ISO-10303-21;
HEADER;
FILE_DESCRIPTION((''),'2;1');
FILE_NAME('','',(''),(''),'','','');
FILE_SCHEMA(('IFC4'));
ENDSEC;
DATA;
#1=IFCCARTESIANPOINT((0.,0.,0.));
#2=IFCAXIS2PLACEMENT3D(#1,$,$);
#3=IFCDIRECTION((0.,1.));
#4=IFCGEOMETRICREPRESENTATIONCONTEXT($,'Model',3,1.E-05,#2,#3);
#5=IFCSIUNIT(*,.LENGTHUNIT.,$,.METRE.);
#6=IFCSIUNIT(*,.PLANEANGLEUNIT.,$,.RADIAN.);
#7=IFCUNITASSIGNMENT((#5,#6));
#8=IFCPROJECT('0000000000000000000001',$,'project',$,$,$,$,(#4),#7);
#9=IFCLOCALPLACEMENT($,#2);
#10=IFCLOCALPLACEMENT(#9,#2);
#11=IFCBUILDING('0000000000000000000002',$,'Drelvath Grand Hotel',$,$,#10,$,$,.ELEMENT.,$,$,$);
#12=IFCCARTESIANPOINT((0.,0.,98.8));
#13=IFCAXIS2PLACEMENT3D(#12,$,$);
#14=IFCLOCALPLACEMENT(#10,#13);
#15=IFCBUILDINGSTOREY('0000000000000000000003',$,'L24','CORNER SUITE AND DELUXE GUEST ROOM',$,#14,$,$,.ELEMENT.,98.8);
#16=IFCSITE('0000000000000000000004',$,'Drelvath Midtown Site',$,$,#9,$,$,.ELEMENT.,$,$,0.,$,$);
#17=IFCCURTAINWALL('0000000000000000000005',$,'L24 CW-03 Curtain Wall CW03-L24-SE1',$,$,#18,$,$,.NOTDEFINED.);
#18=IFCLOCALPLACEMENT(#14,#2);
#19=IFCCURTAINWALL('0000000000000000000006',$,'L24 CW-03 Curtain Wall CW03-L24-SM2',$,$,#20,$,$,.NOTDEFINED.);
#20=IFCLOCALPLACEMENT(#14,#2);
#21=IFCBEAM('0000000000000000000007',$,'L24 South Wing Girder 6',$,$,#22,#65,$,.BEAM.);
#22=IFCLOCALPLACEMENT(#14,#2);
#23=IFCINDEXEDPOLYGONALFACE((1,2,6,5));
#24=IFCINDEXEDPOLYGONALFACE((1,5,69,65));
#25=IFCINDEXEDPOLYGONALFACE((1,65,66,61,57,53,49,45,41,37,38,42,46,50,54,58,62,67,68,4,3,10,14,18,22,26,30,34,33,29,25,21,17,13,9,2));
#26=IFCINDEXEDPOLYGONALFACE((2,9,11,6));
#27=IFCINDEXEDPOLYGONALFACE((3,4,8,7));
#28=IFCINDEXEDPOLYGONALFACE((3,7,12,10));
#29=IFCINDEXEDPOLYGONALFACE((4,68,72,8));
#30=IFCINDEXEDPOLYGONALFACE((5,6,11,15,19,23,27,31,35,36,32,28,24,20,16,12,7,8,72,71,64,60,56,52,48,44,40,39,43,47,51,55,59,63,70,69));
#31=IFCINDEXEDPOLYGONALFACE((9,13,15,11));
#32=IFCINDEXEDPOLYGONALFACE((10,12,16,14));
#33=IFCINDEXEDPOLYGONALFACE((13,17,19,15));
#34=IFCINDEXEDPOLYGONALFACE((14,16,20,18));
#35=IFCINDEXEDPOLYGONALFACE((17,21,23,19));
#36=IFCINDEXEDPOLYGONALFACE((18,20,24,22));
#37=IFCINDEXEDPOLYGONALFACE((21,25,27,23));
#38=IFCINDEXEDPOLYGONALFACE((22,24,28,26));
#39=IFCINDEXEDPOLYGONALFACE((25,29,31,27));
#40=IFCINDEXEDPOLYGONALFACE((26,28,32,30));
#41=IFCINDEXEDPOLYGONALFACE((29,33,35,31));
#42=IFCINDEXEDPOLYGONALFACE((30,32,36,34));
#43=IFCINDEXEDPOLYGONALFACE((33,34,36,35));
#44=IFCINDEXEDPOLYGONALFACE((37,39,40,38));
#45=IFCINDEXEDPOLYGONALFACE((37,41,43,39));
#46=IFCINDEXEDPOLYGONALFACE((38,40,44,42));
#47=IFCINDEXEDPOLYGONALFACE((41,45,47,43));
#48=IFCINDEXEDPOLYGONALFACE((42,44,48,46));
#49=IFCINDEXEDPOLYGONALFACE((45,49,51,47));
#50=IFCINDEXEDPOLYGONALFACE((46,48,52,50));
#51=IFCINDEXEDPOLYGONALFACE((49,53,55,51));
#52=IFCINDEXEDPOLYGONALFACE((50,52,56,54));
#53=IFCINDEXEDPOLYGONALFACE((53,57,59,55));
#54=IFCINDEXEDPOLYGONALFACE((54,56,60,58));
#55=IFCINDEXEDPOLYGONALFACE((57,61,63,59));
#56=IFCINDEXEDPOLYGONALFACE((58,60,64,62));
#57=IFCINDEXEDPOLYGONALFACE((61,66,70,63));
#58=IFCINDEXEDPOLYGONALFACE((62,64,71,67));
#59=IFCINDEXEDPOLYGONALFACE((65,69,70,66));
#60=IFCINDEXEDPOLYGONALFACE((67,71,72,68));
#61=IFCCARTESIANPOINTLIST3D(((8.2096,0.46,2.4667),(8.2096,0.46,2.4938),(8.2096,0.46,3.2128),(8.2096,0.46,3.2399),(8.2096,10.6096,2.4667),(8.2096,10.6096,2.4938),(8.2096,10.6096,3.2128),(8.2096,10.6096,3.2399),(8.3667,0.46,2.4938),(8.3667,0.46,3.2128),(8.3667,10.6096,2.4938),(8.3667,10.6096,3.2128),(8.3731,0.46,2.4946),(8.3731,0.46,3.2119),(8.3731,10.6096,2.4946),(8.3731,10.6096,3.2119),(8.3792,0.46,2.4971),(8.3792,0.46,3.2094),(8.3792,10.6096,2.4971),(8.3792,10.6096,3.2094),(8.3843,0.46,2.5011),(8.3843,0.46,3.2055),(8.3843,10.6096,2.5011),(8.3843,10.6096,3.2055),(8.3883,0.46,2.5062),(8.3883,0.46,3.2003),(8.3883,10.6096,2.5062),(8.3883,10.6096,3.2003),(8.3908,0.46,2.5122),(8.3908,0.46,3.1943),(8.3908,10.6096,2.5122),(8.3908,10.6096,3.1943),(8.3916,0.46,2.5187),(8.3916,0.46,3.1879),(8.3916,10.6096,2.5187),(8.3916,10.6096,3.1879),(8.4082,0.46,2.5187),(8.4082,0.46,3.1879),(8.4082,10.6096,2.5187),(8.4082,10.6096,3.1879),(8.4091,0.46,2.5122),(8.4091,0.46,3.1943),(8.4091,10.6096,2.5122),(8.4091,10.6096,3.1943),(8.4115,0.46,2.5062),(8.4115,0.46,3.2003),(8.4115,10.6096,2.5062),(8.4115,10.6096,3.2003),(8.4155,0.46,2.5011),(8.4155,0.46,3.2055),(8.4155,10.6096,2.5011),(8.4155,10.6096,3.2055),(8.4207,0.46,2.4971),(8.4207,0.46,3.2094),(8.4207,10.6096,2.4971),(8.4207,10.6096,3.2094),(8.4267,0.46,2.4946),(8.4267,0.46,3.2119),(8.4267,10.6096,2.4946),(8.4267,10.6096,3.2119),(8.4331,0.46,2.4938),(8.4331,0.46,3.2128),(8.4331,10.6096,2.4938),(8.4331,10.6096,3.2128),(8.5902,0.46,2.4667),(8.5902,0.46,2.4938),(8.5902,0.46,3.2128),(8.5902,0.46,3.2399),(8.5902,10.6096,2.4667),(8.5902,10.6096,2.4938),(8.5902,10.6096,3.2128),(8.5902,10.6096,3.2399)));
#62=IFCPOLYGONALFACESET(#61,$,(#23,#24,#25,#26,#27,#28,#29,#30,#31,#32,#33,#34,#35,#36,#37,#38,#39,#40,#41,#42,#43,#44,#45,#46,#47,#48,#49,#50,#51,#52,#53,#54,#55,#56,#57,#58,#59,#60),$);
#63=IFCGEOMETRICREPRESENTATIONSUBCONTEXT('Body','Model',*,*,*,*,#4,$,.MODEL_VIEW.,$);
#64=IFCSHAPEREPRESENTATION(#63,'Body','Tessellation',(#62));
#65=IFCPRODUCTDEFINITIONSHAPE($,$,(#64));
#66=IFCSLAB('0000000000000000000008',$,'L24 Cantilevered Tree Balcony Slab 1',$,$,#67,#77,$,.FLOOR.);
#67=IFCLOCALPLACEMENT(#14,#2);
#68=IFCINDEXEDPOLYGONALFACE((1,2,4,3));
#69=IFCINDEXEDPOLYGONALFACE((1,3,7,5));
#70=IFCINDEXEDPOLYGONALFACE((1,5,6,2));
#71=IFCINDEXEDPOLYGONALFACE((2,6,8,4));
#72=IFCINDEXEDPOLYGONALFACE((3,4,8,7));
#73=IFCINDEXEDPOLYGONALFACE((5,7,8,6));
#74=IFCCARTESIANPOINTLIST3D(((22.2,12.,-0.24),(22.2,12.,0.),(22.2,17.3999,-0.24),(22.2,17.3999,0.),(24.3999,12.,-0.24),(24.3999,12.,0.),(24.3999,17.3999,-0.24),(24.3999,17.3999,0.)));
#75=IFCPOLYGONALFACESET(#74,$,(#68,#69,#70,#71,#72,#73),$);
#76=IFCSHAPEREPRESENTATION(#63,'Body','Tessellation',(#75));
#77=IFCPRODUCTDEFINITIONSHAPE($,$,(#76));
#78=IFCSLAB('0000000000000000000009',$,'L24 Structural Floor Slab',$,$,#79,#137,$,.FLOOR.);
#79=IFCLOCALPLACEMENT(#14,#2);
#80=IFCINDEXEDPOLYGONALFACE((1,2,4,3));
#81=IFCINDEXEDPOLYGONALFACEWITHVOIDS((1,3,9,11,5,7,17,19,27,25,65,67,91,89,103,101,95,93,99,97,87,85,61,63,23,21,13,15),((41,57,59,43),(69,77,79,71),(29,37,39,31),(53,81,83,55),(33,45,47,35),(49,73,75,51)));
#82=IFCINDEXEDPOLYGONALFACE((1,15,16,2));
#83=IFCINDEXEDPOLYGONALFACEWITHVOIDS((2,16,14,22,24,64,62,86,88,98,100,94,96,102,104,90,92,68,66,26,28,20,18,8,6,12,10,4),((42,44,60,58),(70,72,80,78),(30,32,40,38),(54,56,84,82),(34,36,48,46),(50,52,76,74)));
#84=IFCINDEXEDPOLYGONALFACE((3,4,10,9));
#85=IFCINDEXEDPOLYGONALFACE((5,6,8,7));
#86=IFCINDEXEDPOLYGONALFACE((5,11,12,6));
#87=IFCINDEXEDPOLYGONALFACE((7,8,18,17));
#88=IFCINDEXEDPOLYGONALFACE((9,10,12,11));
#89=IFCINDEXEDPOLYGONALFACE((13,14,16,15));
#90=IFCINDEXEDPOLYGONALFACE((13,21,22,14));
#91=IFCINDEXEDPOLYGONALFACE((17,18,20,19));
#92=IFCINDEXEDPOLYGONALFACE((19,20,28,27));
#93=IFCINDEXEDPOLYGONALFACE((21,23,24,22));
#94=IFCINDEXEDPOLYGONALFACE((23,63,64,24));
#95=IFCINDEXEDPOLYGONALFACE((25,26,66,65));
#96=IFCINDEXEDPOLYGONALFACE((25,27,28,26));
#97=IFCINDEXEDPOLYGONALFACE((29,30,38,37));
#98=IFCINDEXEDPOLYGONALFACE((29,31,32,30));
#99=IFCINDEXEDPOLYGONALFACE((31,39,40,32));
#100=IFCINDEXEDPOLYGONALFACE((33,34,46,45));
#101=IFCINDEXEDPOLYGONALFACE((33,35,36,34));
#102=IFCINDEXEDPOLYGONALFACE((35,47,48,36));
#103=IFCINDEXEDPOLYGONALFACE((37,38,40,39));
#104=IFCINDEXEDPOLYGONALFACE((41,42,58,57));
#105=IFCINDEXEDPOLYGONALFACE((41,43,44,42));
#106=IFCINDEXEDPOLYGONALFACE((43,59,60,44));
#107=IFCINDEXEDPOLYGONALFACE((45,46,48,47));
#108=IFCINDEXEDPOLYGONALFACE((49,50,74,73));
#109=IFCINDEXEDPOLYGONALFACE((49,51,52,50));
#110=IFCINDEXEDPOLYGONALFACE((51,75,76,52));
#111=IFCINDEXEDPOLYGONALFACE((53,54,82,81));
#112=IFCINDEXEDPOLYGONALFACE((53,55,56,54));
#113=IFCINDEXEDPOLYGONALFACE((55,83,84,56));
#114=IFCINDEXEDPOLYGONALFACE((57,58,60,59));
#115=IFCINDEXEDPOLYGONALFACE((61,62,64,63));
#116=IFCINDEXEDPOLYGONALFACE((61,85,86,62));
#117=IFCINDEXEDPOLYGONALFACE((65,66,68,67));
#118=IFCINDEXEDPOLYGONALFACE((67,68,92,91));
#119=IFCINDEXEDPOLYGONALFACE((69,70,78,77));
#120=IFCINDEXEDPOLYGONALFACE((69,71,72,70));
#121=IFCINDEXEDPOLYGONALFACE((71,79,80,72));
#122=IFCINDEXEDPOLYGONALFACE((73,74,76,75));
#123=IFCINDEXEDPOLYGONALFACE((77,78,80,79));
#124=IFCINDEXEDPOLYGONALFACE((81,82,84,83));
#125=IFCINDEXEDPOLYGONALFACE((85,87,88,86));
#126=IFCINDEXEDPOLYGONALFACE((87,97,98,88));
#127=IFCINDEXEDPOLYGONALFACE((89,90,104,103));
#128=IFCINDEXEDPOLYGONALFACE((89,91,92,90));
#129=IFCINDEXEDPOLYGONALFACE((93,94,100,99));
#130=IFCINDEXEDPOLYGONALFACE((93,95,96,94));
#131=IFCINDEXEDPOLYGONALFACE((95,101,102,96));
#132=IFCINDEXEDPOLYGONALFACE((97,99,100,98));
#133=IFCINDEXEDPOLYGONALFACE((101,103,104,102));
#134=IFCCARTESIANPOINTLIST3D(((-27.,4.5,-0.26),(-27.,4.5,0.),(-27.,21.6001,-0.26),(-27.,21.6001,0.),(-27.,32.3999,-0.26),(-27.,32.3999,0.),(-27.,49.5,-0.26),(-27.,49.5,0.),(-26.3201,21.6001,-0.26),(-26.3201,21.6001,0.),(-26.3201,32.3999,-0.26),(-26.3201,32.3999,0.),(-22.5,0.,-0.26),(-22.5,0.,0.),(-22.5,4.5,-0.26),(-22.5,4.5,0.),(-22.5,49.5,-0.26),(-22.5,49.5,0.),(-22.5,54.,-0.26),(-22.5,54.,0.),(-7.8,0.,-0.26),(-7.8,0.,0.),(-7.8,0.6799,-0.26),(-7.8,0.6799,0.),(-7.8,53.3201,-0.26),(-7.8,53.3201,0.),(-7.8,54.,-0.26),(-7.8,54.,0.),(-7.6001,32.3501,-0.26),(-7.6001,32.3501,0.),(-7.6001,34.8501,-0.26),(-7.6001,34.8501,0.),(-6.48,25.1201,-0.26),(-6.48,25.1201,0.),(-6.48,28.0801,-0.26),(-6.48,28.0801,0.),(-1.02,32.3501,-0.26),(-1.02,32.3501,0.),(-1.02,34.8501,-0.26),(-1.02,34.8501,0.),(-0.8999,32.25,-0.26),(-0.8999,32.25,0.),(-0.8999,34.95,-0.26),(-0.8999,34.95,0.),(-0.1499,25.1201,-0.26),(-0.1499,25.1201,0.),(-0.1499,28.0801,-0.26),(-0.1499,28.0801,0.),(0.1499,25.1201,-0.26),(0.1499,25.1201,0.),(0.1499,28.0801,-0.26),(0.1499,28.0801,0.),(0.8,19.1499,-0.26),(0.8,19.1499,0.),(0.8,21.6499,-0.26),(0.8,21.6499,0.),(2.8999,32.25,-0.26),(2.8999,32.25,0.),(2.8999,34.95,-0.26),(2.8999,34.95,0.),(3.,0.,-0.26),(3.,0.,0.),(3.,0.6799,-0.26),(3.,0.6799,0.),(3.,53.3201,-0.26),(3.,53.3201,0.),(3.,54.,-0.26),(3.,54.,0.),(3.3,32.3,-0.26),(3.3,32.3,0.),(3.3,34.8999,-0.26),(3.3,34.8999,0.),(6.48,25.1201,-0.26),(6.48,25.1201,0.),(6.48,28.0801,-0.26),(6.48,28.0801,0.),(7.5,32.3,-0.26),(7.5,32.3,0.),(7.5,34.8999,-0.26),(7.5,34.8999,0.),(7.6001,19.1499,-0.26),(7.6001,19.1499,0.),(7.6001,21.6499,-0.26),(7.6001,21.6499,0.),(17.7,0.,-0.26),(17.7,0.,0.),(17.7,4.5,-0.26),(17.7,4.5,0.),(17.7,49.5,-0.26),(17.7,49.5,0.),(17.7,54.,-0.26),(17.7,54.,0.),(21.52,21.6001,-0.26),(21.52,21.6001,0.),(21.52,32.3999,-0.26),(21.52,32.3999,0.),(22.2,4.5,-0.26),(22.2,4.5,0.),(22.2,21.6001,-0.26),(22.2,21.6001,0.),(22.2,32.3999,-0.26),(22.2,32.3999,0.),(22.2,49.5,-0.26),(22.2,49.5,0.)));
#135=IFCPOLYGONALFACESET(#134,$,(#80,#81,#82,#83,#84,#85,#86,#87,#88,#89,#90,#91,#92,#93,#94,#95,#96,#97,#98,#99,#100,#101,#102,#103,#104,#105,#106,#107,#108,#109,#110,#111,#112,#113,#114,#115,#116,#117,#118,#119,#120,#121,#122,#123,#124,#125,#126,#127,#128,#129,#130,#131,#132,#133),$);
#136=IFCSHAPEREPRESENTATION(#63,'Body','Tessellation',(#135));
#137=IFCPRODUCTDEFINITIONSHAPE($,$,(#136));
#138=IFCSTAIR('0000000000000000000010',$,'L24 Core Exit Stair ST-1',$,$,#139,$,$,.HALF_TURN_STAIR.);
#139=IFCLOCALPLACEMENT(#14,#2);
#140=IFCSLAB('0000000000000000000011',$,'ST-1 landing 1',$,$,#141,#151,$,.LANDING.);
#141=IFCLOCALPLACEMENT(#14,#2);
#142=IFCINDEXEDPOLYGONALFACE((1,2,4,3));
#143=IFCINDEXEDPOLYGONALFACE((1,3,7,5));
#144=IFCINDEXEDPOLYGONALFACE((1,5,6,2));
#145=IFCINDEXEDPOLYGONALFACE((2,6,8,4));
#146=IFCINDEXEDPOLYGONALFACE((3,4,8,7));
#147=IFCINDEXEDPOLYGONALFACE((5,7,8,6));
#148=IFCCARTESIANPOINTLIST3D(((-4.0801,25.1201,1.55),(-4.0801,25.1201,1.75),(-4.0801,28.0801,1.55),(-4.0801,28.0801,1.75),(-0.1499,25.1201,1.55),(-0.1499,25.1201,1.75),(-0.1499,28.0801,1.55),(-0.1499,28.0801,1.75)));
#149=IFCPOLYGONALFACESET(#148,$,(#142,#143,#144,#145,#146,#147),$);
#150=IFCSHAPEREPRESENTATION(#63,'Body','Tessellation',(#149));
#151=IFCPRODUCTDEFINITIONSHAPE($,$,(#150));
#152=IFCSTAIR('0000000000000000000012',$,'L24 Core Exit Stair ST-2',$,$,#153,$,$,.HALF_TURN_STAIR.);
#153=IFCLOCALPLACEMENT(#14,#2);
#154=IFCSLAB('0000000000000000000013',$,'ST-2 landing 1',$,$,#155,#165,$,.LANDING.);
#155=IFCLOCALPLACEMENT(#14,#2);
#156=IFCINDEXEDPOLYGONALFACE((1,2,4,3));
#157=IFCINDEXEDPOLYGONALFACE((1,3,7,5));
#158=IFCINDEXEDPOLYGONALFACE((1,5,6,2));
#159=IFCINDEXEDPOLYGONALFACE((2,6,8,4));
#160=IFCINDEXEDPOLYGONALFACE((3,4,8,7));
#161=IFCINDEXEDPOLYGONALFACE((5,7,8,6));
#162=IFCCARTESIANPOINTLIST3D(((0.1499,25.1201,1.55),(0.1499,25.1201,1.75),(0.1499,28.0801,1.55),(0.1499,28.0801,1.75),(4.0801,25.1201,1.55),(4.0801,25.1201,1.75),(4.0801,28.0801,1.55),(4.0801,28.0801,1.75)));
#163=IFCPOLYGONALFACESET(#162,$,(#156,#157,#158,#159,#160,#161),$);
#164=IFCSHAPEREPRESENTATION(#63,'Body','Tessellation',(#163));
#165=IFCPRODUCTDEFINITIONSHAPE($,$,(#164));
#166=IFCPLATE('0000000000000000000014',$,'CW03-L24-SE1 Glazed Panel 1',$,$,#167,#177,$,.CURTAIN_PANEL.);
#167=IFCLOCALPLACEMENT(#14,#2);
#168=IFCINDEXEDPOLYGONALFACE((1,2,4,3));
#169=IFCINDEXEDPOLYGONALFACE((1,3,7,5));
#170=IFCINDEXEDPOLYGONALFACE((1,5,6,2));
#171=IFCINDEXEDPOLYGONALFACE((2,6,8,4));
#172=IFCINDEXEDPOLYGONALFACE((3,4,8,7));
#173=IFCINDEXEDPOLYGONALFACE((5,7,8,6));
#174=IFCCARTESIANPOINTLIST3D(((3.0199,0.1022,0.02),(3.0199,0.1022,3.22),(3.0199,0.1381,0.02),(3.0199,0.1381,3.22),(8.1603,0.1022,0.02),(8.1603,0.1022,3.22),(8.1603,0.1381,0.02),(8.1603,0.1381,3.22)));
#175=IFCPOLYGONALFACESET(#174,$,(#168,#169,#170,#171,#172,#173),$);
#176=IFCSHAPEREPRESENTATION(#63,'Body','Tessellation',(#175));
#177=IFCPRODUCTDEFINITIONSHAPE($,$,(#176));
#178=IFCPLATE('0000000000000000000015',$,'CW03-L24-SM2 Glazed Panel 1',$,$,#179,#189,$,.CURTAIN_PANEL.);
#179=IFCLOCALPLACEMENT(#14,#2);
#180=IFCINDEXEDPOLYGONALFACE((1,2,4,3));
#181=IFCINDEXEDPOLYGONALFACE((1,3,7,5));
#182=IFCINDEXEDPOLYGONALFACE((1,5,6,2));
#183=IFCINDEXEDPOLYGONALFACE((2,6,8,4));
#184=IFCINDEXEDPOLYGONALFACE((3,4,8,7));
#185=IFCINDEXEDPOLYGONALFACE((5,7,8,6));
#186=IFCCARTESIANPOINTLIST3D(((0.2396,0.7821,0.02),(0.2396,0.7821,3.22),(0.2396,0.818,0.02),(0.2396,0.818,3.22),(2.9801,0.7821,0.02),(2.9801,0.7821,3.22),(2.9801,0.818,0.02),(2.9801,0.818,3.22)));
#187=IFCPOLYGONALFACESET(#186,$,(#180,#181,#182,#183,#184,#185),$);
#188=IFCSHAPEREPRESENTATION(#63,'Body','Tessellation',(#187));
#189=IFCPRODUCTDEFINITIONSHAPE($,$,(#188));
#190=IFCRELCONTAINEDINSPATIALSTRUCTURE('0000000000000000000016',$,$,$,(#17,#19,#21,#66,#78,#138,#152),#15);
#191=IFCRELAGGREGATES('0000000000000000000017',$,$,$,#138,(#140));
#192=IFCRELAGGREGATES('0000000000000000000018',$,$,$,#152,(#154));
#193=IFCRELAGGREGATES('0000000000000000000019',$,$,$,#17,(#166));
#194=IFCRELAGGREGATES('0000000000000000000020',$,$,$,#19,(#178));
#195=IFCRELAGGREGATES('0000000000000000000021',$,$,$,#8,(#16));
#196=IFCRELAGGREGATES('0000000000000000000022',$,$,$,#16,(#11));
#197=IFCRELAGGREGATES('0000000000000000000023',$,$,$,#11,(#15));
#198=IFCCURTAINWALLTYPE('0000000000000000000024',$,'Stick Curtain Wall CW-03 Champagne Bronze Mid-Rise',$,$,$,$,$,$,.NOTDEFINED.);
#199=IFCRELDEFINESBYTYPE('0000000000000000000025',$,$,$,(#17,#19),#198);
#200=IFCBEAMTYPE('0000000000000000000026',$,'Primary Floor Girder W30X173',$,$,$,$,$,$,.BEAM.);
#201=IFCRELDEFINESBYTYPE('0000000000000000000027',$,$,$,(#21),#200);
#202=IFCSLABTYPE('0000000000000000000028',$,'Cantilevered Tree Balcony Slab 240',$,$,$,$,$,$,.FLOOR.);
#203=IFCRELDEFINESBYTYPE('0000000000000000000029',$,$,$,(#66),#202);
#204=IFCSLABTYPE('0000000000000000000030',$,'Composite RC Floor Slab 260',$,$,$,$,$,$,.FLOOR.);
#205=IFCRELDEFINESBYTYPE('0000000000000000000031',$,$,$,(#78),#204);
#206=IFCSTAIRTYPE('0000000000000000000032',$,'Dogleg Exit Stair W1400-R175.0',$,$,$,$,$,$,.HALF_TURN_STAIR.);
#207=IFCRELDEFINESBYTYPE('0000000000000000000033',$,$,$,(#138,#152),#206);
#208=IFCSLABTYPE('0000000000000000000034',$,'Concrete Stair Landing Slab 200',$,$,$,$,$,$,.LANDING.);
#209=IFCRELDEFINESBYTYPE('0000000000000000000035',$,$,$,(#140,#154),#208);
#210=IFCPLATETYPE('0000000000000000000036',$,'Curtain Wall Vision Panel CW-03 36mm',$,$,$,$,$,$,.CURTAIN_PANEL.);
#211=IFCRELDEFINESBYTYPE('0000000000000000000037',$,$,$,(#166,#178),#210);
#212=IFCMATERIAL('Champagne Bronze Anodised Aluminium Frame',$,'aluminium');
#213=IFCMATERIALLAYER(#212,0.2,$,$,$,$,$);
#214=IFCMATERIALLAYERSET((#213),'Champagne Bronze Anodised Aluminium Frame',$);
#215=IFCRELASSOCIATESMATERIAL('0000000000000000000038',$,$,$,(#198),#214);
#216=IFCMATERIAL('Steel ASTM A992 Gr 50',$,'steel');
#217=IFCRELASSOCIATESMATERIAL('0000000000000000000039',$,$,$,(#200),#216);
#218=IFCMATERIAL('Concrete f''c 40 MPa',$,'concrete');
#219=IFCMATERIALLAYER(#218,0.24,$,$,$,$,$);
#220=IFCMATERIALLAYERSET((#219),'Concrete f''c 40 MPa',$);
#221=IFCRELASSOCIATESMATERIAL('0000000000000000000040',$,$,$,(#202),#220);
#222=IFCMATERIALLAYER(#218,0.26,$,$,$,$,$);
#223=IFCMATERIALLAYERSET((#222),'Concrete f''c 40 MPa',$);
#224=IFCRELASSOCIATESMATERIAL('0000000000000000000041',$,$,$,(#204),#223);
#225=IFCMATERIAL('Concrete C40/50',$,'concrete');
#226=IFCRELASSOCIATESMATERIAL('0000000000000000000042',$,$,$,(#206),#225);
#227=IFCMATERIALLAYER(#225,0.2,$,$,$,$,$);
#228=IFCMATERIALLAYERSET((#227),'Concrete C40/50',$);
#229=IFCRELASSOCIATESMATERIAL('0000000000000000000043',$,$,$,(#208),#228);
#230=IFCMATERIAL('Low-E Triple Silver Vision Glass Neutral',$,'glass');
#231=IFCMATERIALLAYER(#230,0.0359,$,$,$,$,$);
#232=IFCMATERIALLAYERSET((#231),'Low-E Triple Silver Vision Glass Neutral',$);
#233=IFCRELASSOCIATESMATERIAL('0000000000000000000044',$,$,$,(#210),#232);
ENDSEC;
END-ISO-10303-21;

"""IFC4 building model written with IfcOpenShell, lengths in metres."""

from ifc_helpers import new_model, si_unit, direction, frame, origin, origin_2d, place, context, subcontext, project, spatial, polyline, rectangle, i_section, outline, extrude, material, layer, layer_set, material_profile, profile_set, type_object, element, aggregate, save


model = new_model("IFC4")

# Units and contexts
model_context = context("Model", 3, precision=1e-05, world=origin(), true_north=direction((0.0, 1.0)))
body_context = subcontext(model_context, "Body", "Model", "MODEL_VIEW")
ifc_project = project(units=[si_unit("LENGTHUNIT", "METRE"), si_unit("PLANEANGLEUNIT", "RADIAN")], contexts=[model_context])

# Site, building, storey
site_placement = place(None, origin())
site = spatial("IfcSite", under=ifc_project, at=site_placement, Name="Drelvath Midtown Site", CompositionType="ELEMENT", RefElevation=0.0)
building_placement = place(site_placement, origin())
building = spatial("IfcBuilding", under=site, at=building_placement, Name="Drelvath Grand Hotel", CompositionType="ELEMENT")
storey_placement = place(building_placement, frame((0.0, 0.0, 98.8)))
storey = spatial("IfcBuildingStorey", under=building, at=storey_placement, Name="L24", Description="CORNER SUITE AND DELUXE GUEST ROOM", CompositionType="ELEMENT", Elevation=98.8)

# Curtain walls
ifc_material_1 = material(Name="Champagne Bronze Anodised Aluminium Frame", Category="aluminium")
ifc_layer_1 = layer(ifc_material_1, 0.2)
ifc_layer_set_1 = layer_set([ifc_layer_1], Name="Champagne Bronze Anodised Aluminium Frame")
curtain_wall_type = type_object("IfcCurtainWallType", Name="Stick Curtain Wall CW-03 Champagne Bronze Mid-Rise", PredefinedType="NOTDEFINED", material=ifc_layer_set_1)
curtain_wall_1_placement = place(storey_placement, origin())
curtain_wall_1 = element("IfcCurtainWall", 1, at=curtain_wall_1_placement, inside=storey, type_object=curtain_wall_type, Name="L24 CW-03 Curtain Wall CW03-L24-SE1", PredefinedType="NOTDEFINED")
curtain_wall_2_placement = place(storey_placement, origin())
curtain_wall_2 = element("IfcCurtainWall", 2, at=curtain_wall_2_placement, inside=storey, type_object=curtain_wall_type, Name="L24 CW-03 Curtain Wall CW03-L24-SM2", PredefinedType="NOTDEFINED")

# Beam
ifc_material_2 = material(Name="Steel ASTM A992 Gr 50", Category="steel")
ifc_material_profile_1 = material_profile(ifc_material_2, i_section(OverallWidth=0.3806, OverallDepth=0.7732, WebThickness=0.0166, FlangeThickness=0.0271, FilletRadius=0.0249, at=origin_2d()), Name="W30X173")
ifc_profile_set_1 = profile_set([ifc_material_profile_1], Name="Steel ASTM A992 Gr 50")
beam_type_1 = type_object("IfcBeamType", Name="Primary Floor Girder W30X173", PredefinedType="BEAM", material=ifc_profile_set_1)
beam_1_placement = place(storey_placement, frame((8.3999, 0.46, 2.8533), z_axis=(0.0, 1.0, 0.0), x_axis=(-1.0, 0.0, 0.0)))
element("IfcBeam", 3, at=beam_1_placement, inside=storey, type_object=beam_type_1, Name="L24 South Wing Girder 6", PredefinedType="BEAM", context=body_context, shape_type="SweptSolid", body=[
    extrude(i_section(OverallWidth=0.3806, OverallDepth=0.7732, WebThickness=0.0166, FlangeThickness=0.0271, FilletRadius=0.0249, at=origin_2d()), origin(), (0.0, 0.0, 1.0), 10.1497),
])

# Slabs
ifc_material_3 = material(Name="Concrete f'c 40 MPa", Category="concrete")
ifc_layer_2 = layer(ifc_material_3, 0.24)
ifc_layer_set_2 = layer_set([ifc_layer_2], Name="Concrete f'c 40 MPa")
slab_type_1 = type_object("IfcSlabType", Name="Cantilevered Tree Balcony Slab 240", PredefinedType="FLOOR", material=ifc_layer_set_2)
slab_1_placement = place(storey_placement, frame((0.0, 0.0, -0.24)))
element("IfcSlab", 4, at=slab_1_placement, inside=storey, type_object=slab_type_1, Name="L24 Cantilevered Tree Balcony Slab 1", PredefinedType="FLOOR", context=body_context, shape_type="SweptSolid", body=[
    extrude(outline(polyline([(22.2, 12.0), (24.3999, 12.0), (24.3999, 17.3999), (22.2, 17.3999), (22.2, 12.0)])), origin(), (0.0, 0.0, 1.0), 0.24),
])
ifc_layer_3 = layer(ifc_material_3, 0.26)
ifc_layer_set_3 = layer_set([ifc_layer_3], Name="Concrete f'c 40 MPa")
slab_type_2 = type_object("IfcSlabType", Name="Composite RC Floor Slab 260", PredefinedType="FLOOR", material=ifc_layer_set_3)
slab_2_placement = place(storey_placement, frame((0.0, 0.0, -0.26)))
element("IfcSlab", 5, at=slab_2_placement, inside=storey, type_object=slab_type_2, Name="L24 Structural Floor Slab", PredefinedType="FLOOR", context=body_context, shape_type="SweptSolid", body=[
    extrude(outline(polyline([(-22.5, 0.0), (-7.8, 0.0), (-7.8, 0.6799), (3.0, 0.6799), (3.0, 0.0), (17.7, 0.0), (17.7, 4.5), (22.2, 4.5), (22.2, 21.6001), (21.52, 21.6001), (21.52, 32.3999), (22.2, 32.3999), (22.2, 49.5), (17.7, 49.5), (17.7, 54.0), (3.0, 54.0), (3.0, 53.3201), (-7.8, 53.3201), (-7.8, 54.0), (-22.5, 54.0), (-22.5, 49.5), (-27.0, 49.5), (-27.0, 32.3999), (-26.3201, 32.3999), (-26.3201, 21.6001), (-27.0, 21.6001), (-27.0, 4.5), (-22.5, 4.5), (-22.5, 0.0)]), holes=[polyline([(-6.48, 25.1201), (-6.48, 28.0801), (-0.1499, 28.0801), (-0.1499, 25.1201), (-6.48, 25.1201)]), polyline([(0.1499, 25.1201), (0.1499, 28.0801), (6.48, 28.0801), (6.48, 25.1201), (0.1499, 25.1201)]), polyline([(0.8, 19.1499), (0.8, 21.6499), (7.6001, 21.6499), (7.6001, 19.1499), (0.8, 19.1499)]), polyline([(-7.6001, 32.3501), (-7.6001, 34.8501), (-1.02, 34.8501), (-1.02, 32.3501), (-7.6001, 32.3501)]), polyline([(-0.8999, 32.25), (-0.8999, 34.95), (2.8999, 34.95), (2.8999, 32.25), (-0.8999, 32.25)]), polyline([(3.3, 32.3), (3.3, 34.8999), (7.5, 34.8999), (7.5, 32.3), (3.3, 32.3)])]), origin(), (0.0, 0.0, 1.0), 0.26),
])

# Stairs, slabs
ifc_material_4 = material(Name="Concrete C40/50", Category="concrete")
stair_type = type_object("IfcStairType", Name="Dogleg Exit Stair W1400-R175.0", PredefinedType="HALF_TURN_STAIR", material=ifc_material_4)
stair_1_placement = place(storey_placement, origin())
stair_1 = element("IfcStair", 6, at=stair_1_placement, inside=storey, type_object=stair_type, Name="L24 Core Exit Stair ST-1", PredefinedType="HALF_TURN_STAIR")
ifc_layer_4 = layer(ifc_material_4, 0.2)
ifc_layer_set_4 = layer_set([ifc_layer_4], Name="Concrete C40/50")
slab_type_3 = type_object("IfcSlabType", Name="Concrete Stair Landing Slab 200", PredefinedType="LANDING", material=ifc_layer_set_4)
slab_3_placement = place(storey_placement, frame((0.0, 0.0, 1.55)))
slab_3 = element("IfcSlab", 7, at=slab_3_placement, type_object=slab_type_3, Name="ST-1 landing 1", PredefinedType="LANDING", context=body_context, shape_type="SweptSolid", body=[
    extrude(outline(polyline([(-4.0801, 25.1201), (-0.1499, 25.1201), (-0.1499, 28.0801), (-4.0801, 28.0801), (-4.0801, 25.1201)])), origin(), (0.0, 0.0, 1.0), 0.2),
])
aggregate(stair_1, [slab_3])
stair_2_placement = place(storey_placement, origin())
stair_2 = element("IfcStair", 8, at=stair_2_placement, inside=storey, type_object=stair_type, Name="L24 Core Exit Stair ST-2", PredefinedType="HALF_TURN_STAIR")
slab_4_placement = place(storey_placement, frame((0.0, 0.0, 1.55)))
slab_4 = element("IfcSlab", 9, at=slab_4_placement, type_object=slab_type_3, Name="ST-2 landing 1", PredefinedType="LANDING", context=body_context, shape_type="SweptSolid", body=[
    extrude(outline(polyline([(4.0801, 28.0801), (0.1499, 28.0801), (0.1499, 25.1201), (4.0801, 25.1201), (4.0801, 28.0801)])), origin(), (0.0, 0.0, 1.0), 0.2),
])
aggregate(stair_2, [slab_4])

# Plates
ifc_material_5 = material(Name="Low-E Triple Silver Vision Glass Neutral", Category="glass")
ifc_layer_5 = layer(ifc_material_5, 0.0359)
ifc_layer_set_5 = layer_set([ifc_layer_5], Name="Low-E Triple Silver Vision Glass Neutral")
plate_type = type_object("IfcPlateType", Name="Curtain Wall Vision Panel CW-03 36mm", PredefinedType="CURTAIN_PANEL", material=ifc_layer_set_5)
plate_1_placement = place(storey_placement, frame((5.5901, 0.1201, 0.02), z_axis=(0.0, 0.0, 1.0), x_axis=(-1.0, 0.0, 0.0)))
plate_1 = element("IfcPlate", 10, at=plate_1_placement, type_object=plate_type, Name="CW03-L24-SE1 Glazed Panel 1", PredefinedType="CURTAIN_PANEL", context=body_context, shape_type="SweptSolid", body=[
    extrude(rectangle(XDim=5.1404, YDim=0.0359, at=origin_2d()), origin(), (0.0, 0.0, 1.0), 3.2),
])
aggregate(curtain_wall_1, [plate_1])
plate_2_placement = place(storey_placement, frame((1.6099, 0.8, 0.02), z_axis=(0.0, 0.0, 1.0), x_axis=(-1.0, 0.0, 0.0)))
plate_2 = element("IfcPlate", 11, at=plate_2_placement, type_object=plate_type, Name="CW03-L24-SM2 Glazed Panel 1", PredefinedType="CURTAIN_PANEL", context=body_context, shape_type="SweptSolid", body=[
    extrude(rectangle(XDim=2.7405, YDim=0.0359, at=origin_2d()), origin(), (0.0, 0.0, 1.0), 3.2),
])
aggregate(curtain_wall_2, [plate_2])

save(model, "model.ifc")
